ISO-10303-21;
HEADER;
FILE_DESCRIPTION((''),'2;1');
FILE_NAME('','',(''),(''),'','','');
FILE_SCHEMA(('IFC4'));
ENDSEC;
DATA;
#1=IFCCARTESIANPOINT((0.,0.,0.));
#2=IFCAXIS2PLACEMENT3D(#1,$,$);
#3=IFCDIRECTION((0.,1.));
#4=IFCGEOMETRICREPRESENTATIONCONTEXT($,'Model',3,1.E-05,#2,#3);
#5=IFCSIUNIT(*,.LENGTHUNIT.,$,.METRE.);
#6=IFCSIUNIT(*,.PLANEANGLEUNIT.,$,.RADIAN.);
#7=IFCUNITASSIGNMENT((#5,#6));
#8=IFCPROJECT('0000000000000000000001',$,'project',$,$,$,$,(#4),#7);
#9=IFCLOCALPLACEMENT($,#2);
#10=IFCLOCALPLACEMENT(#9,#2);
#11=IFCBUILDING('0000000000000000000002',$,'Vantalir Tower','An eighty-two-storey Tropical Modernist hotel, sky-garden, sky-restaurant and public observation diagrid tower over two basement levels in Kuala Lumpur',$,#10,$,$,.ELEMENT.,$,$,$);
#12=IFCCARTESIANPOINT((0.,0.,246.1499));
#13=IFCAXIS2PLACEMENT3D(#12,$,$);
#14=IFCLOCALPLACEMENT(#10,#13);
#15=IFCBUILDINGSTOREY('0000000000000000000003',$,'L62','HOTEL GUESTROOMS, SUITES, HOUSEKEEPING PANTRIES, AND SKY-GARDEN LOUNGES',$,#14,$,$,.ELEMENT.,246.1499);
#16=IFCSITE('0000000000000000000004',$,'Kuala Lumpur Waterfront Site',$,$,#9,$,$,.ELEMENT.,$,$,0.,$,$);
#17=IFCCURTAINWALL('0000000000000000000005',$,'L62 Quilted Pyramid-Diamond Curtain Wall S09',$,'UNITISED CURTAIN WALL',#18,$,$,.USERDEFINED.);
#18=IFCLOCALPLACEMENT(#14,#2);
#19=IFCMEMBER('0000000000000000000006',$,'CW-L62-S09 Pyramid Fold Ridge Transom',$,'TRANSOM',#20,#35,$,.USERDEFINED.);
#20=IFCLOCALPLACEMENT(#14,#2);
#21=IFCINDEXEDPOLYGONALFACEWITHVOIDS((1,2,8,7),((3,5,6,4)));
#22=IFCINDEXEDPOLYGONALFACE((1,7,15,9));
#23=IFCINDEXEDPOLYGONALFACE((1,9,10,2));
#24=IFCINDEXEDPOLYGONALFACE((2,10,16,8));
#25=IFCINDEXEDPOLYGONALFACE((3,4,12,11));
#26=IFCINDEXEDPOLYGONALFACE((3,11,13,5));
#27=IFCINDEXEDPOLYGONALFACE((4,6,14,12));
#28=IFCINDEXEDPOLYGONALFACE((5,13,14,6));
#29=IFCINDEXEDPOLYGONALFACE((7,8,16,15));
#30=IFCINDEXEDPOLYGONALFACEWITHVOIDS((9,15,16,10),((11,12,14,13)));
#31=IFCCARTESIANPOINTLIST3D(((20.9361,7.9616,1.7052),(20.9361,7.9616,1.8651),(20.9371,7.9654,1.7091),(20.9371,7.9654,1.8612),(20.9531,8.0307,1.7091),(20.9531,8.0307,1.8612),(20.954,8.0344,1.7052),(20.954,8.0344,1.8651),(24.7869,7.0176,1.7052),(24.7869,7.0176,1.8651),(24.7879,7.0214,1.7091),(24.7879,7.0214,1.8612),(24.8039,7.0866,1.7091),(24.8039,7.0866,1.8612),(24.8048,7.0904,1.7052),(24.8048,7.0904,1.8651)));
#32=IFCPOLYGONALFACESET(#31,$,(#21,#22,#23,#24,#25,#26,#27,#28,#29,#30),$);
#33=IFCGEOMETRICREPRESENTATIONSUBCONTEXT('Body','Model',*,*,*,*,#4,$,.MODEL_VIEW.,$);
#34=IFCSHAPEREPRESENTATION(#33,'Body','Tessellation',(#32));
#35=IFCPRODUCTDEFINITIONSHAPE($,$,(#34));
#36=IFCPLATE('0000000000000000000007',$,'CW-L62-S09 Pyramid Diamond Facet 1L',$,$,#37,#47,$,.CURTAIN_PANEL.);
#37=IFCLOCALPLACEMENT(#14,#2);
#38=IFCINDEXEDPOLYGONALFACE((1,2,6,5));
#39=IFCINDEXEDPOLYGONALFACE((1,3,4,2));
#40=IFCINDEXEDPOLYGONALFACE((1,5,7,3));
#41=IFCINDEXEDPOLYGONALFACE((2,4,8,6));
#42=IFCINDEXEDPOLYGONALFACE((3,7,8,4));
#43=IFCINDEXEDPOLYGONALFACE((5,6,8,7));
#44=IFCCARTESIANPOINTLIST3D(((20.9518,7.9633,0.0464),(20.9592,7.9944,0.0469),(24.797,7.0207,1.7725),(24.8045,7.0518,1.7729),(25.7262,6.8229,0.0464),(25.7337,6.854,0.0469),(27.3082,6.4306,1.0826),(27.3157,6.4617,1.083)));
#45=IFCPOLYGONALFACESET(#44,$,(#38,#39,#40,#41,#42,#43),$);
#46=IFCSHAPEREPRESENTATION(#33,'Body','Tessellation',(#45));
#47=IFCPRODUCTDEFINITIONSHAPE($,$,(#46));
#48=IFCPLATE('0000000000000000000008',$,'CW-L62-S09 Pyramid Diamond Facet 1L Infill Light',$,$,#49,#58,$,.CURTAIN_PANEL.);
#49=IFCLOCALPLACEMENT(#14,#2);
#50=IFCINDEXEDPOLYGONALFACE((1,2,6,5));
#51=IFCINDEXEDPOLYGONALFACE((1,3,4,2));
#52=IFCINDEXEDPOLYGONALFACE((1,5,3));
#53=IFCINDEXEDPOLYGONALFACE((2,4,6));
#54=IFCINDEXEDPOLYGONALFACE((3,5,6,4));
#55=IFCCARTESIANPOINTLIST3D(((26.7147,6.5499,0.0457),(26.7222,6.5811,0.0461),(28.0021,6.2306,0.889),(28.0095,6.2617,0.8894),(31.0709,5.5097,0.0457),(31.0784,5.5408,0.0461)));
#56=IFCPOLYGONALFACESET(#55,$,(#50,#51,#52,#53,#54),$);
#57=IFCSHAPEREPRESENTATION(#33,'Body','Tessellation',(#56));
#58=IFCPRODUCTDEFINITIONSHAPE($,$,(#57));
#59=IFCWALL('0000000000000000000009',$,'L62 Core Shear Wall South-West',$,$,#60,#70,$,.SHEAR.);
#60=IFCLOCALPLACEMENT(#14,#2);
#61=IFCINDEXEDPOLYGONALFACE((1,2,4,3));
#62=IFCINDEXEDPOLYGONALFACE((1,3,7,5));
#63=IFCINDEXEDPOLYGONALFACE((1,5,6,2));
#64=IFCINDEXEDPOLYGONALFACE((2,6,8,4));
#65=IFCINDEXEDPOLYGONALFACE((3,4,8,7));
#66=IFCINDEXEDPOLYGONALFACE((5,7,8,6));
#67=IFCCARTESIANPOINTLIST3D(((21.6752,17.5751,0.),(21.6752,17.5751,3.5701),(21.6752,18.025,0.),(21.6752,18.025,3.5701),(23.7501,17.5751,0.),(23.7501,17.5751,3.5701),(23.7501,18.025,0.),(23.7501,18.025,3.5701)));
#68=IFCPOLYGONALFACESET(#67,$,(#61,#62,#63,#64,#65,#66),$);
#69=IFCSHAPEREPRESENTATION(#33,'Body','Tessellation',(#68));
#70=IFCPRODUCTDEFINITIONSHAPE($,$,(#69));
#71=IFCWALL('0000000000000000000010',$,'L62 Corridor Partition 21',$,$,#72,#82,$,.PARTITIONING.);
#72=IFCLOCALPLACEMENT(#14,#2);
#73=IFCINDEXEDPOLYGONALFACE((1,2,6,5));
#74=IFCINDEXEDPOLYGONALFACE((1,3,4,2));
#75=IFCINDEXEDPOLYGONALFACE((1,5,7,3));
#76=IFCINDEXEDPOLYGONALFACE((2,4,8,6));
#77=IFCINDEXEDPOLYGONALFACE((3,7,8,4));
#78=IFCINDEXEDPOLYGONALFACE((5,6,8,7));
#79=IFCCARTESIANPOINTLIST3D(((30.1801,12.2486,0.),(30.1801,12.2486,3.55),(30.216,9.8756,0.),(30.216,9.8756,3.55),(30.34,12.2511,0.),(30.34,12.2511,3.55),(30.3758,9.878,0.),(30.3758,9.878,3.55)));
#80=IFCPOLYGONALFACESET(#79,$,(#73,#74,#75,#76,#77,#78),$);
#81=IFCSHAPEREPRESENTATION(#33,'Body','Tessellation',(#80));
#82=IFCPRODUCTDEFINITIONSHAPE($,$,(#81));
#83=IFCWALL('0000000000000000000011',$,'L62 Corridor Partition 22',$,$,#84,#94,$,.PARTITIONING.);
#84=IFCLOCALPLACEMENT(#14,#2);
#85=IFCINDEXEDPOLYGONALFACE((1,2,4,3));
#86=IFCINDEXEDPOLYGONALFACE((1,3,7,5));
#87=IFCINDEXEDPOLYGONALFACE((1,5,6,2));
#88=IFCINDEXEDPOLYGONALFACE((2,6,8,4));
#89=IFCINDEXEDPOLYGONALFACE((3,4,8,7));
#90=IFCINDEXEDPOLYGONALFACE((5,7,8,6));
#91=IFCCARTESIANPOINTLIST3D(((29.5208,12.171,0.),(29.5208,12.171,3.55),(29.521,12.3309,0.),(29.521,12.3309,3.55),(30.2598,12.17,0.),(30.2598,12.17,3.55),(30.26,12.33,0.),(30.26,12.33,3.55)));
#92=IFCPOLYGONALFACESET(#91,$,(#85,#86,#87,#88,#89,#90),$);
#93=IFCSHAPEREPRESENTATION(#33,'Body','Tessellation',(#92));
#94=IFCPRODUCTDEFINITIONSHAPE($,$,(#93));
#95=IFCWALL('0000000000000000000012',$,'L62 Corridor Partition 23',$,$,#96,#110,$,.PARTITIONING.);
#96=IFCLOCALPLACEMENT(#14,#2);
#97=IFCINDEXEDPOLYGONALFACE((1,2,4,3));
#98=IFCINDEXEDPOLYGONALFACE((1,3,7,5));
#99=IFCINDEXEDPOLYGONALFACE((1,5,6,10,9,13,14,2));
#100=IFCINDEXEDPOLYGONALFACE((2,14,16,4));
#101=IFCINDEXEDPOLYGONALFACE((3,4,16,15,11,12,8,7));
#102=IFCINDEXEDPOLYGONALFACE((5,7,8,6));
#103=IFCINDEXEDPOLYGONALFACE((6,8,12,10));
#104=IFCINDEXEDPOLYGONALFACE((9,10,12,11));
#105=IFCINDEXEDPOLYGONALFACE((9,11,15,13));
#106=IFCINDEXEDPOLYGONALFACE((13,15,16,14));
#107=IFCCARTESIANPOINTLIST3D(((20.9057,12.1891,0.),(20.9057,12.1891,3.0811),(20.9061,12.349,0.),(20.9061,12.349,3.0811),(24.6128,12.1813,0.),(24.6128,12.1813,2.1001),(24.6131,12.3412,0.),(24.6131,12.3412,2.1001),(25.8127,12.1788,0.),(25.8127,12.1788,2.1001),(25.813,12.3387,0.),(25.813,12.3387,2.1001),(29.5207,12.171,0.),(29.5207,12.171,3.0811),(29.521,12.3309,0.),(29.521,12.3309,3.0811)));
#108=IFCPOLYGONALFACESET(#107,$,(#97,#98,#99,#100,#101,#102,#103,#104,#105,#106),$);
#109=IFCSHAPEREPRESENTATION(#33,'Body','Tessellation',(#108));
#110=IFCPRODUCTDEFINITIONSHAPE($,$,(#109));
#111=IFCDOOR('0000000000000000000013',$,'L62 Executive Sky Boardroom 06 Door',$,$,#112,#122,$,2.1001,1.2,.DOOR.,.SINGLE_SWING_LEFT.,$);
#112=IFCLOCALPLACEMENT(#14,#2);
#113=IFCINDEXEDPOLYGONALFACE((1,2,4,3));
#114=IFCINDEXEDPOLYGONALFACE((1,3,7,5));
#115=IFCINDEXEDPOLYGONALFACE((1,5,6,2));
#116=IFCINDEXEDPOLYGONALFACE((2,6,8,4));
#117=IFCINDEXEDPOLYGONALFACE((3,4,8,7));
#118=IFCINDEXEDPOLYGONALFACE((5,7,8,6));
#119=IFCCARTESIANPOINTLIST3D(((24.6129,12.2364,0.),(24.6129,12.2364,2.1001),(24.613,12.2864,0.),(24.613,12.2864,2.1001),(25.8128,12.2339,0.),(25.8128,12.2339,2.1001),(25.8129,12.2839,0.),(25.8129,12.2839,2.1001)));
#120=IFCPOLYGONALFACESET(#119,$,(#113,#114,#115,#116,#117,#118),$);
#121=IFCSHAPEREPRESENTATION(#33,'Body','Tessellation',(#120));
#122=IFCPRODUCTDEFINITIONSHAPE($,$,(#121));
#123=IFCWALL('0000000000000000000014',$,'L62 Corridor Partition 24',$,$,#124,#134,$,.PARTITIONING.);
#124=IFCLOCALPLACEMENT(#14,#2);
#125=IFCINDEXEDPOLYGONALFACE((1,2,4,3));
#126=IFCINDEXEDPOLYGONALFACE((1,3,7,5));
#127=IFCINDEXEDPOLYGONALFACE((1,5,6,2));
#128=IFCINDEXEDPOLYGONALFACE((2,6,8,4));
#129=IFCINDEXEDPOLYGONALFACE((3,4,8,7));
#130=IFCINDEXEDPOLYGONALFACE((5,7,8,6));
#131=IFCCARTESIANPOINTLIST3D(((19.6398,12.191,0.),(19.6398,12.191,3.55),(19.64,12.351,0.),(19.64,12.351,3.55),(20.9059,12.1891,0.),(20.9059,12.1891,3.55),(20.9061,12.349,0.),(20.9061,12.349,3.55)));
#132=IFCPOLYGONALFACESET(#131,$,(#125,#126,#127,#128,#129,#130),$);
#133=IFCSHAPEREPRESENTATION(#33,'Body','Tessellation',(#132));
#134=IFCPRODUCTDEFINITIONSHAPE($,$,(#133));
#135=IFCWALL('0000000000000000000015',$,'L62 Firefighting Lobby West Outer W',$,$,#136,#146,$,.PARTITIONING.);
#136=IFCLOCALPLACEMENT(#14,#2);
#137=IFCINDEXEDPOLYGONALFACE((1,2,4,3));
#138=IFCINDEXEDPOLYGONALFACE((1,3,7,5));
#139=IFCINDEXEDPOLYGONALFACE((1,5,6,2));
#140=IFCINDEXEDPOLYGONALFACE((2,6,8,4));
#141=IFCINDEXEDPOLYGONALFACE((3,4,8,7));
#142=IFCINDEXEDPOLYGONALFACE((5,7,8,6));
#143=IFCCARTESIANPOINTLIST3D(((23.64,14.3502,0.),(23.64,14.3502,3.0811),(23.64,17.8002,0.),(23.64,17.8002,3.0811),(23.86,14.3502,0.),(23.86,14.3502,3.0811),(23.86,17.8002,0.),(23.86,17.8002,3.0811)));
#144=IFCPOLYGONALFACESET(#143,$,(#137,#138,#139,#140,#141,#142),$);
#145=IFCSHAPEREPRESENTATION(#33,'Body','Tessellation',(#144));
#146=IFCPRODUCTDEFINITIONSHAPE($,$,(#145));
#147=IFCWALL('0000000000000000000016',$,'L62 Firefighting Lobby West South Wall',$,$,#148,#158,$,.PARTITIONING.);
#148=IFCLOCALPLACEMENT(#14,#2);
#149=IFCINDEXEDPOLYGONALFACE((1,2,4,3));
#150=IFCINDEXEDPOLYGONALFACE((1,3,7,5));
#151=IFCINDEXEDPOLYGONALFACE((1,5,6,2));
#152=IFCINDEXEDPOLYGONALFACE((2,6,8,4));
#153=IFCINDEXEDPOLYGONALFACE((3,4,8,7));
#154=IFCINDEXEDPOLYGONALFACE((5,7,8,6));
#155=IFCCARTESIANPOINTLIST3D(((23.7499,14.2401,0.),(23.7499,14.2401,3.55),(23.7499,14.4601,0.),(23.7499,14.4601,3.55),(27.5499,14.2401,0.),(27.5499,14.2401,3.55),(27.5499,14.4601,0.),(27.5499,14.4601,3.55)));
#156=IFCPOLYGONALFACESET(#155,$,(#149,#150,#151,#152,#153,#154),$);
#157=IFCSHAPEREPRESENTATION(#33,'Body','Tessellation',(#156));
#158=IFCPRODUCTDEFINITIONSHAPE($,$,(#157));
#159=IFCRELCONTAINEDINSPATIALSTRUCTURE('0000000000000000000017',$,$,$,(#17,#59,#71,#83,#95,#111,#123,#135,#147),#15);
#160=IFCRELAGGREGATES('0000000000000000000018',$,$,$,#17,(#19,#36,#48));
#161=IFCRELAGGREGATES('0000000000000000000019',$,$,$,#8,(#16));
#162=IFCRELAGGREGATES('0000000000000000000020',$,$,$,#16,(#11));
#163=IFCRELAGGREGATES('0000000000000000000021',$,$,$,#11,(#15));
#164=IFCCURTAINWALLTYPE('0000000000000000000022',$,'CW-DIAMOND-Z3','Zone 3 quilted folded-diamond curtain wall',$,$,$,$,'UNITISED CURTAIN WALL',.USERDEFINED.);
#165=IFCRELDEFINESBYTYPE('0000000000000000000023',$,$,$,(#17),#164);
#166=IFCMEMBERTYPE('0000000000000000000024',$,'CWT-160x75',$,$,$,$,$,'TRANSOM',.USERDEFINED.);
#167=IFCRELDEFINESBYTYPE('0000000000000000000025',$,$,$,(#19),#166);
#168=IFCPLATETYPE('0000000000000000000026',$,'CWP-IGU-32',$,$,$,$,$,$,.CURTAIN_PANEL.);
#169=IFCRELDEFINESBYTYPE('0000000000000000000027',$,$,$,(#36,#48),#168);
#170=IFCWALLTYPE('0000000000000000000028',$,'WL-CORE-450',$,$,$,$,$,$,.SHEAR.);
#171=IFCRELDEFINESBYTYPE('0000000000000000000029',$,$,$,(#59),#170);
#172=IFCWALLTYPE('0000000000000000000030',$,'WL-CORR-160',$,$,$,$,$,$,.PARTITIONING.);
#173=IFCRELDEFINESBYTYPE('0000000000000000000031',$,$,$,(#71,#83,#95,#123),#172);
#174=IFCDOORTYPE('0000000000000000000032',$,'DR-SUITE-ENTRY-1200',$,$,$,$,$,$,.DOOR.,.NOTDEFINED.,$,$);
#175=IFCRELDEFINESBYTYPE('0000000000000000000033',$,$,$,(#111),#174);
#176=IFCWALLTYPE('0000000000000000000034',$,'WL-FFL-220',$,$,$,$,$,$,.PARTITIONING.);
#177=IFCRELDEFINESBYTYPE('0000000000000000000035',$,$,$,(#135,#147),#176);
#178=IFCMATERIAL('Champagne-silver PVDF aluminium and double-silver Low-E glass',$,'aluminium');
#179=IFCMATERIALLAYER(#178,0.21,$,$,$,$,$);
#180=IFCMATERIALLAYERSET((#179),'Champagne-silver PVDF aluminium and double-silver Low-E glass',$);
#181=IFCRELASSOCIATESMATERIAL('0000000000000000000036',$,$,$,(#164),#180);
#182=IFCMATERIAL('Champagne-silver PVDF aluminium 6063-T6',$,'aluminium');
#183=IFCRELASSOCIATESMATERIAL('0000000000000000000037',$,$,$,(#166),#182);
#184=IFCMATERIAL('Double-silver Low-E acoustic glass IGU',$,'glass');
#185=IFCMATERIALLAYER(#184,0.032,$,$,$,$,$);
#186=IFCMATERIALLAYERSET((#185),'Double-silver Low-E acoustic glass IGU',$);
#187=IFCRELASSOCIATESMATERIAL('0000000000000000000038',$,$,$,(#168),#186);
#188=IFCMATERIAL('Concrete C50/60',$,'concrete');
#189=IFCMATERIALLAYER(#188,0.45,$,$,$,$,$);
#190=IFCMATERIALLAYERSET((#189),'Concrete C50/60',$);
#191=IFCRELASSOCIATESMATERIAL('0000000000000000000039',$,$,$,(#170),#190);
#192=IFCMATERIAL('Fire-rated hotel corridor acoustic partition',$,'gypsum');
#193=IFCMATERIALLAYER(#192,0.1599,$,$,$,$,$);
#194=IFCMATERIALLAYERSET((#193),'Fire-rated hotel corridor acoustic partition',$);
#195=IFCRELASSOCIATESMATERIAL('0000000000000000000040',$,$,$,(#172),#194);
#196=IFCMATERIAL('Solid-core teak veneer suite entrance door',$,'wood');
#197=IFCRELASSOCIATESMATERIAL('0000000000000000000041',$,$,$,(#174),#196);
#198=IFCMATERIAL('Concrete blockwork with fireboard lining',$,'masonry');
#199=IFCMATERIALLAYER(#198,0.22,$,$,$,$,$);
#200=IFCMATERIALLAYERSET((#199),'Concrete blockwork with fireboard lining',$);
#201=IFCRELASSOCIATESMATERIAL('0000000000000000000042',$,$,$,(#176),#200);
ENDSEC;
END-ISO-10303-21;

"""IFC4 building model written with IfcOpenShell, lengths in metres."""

from ifc_helpers import new_model, si_unit, direction, frame, frame_2d, origin, origin_2d, place, context, subcontext, project, spatial, polyline, rectangle, hollow_rectangle, outline, extrude, material, layer, layer_set, material_profile, profile_set, type_object, element, fill, aggregate, save


model = new_model("IFC4")

# Units and contexts
model_context = context("Model", 3, precision=1e-05, world=origin(), true_north=direction((0.0, 1.0)))
body_context = subcontext(model_context, "Body", "Model", "MODEL_VIEW")
ifc_project = project(units=[si_unit("LENGTHUNIT", "METRE"), si_unit("PLANEANGLEUNIT", "RADIAN")], contexts=[model_context])

# Site, building, storey
site_placement = place(None, origin())
site = spatial("IfcSite", under=ifc_project, at=site_placement, Name="Kuala Lumpur Waterfront Site", CompositionType="ELEMENT", RefElevation=0.0)
building_placement = place(site_placement, origin())
building = spatial("IfcBuilding", under=site, at=building_placement, Name="Vantalir Tower", Description="An eighty-two-storey Tropical Modernist hotel, sky-garden, sky-restaurant and public observation diagrid tower over two basement levels in Kuala Lumpur", CompositionType="ELEMENT")
storey_placement = place(building_placement, frame((0.0, 0.0, 246.1499)))
storey = spatial("IfcBuildingStorey", under=building, at=storey_placement, Name="L62", Description="HOTEL GUESTROOMS, SUITES, HOUSEKEEPING PANTRIES, AND SKY-GARDEN LOUNGES", CompositionType="ELEMENT", Elevation=246.1499)

# Shared definitions
ifc_material_1 = material(Name="Concrete C50/60", Category="concrete")

# Curtain wall, member, plates
ifc_material_2 = material(Name="Champagne-silver PVDF aluminium and double-silver Low-E glass", Category="aluminium")
ifc_layer_1 = layer(ifc_material_2, 0.21)
ifc_layer_set_1 = layer_set([ifc_layer_1], Name="Champagne-silver PVDF aluminium and double-silver Low-E glass")
curtain_wall_type = type_object("IfcCurtainWallType", Name="CW-DIAMOND-Z3", Description="Zone 3 quilted folded-diamond curtain wall", ElementType="UNITISED CURTAIN WALL", PredefinedType="USERDEFINED", material=ifc_layer_set_1)
curtain_wall_placement = place(storey_placement, origin())
curtain_wall = element("IfcCurtainWall", 1, at=curtain_wall_placement, inside=storey, type_object=curtain_wall_type, Name="L62 Quilted Pyramid-Diamond Curtain Wall S09", ObjectType="UNITISED CURTAIN WALL", PredefinedType="USERDEFINED")
ifc_material_3 = material(Name="Champagne-silver PVDF aluminium 6063-T6", Category="aluminium")
ifc_material_profile_1 = material_profile(ifc_material_3, hollow_rectangle(XDim=0.075, YDim=0.1599, WallThickness=0.0039, at=origin_2d()), Name="Champagne-silver PVDF aluminium 6063-T6")
ifc_profile_set_1 = profile_set([ifc_material_profile_1], Name="Champagne-silver PVDF aluminium 6063-T6")
member_type_1 = type_object("IfcMemberType", Name="CWT-160x75", ElementType="TRANSOM", PredefinedType="USERDEFINED", material=ifc_profile_set_1)
member_1_placement = place(storey_placement, frame((20.9451, 7.998, 1.7852), z_axis=(0.971237, -0.238114, 0.0), x_axis=(0.238114, 0.971237, 0.0)))
member_1 = element("IfcMember", 2, at=member_1_placement, type_object=member_type_1, Name="CW-L62-S09 Pyramid Fold Ridge Transom", ObjectType="TRANSOM", PredefinedType="USERDEFINED", context=body_context, shape_type="SweptSolid", body=[
    extrude(hollow_rectangle(XDim=0.075, YDim=0.1599, WallThickness=0.0039, at=origin_2d()), origin(), (0.0, 0.0, 1.0), 3.9648),
])
ifc_material_4 = material(Name="Double-silver Low-E acoustic glass IGU", Category="glass")
ifc_layer_2 = layer(ifc_material_4, 0.032)
ifc_layer_set_2 = layer_set([ifc_layer_2], Name="Double-silver Low-E acoustic glass IGU")
plate_type = type_object("IfcPlateType", Name="CWP-IGU-32", PredefinedType="CURTAIN_PANEL", material=ifc_layer_set_2)
plate_1_placement = place(storey_placement, frame((20.9592, 7.9944, 0.0469), z_axis=(0.232288, 0.972552, 0.013624), x_axis=(0.972642, -0.23231, 0.0)))
plate_1 = element("IfcPlate", 3, at=plate_1_placement, type_object=plate_type, Name="CW-L62-S09 Pyramid Diamond Facet 1L", PredefinedType="CURTAIN_PANEL", context=body_context, shape_type="SweptSolid", body=[
    extrude(outline(polyline([(0.0, 0.0), (4.9087, 0.0), (6.5386, -1.0362), (3.959, -1.7262), (0.0, 0.0)])), origin(), (0.0, 0.0, -1.0), 0.032),
])
plate_2_placement = place(storey_placement, frame((26.7222, 6.5811, 0.0461), z_axis=(0.232252, 0.972559, 0.013735), x_axis=(0.97265, -0.232274, 0.0)))
plate_2 = element("IfcPlate", 4, at=plate_2_placement, type_object=plate_type, Name="CW-L62-S09 Pyramid Diamond Facet 1L Infill Light", PredefinedType="CURTAIN_PANEL", context=body_context, shape_type="SweptSolid", body=[
    extrude(outline(polyline([(0.0, 0.0), (4.4787, 0.0), (1.3263, -0.8433), (0.0, 0.0)])), origin(), (0.0, 0.0, -1.0), 0.032),
])
aggregate(curtain_wall, [member_1, plate_1, plate_2])

# Walls
ifc_layer_3 = layer(ifc_material_1, 0.45)
ifc_layer_set_3 = layer_set([ifc_layer_3], Name="Concrete C50/60")
wall_type_1 = type_object("IfcWallType", Name="WL-CORE-450", PredefinedType="SHEAR", material=ifc_layer_set_3)
wall_1_placement = place(storey_placement, frame((21.675, 17.8, 0.0), z_axis=(0.0, 0.0, 1.0), x_axis=(1.0, 0.0, 0.0)))
element("IfcWall", 5, at=wall_1_placement, inside=storey, type_object=wall_type_1, Name="L62 Core Shear Wall South-West", PredefinedType="SHEAR", context=body_context, shape_type="SweptSolid", body=[
    extrude(rectangle(XDim=2.075, YDim=0.45, at=frame_2d((1.0376, 0.0))), origin(), (0.0, 0.0, 1.0), 3.5701),
])
ifc_material_5 = material(Name="Fire-rated hotel corridor acoustic partition", Category="gypsum")
ifc_layer_4 = layer(ifc_material_5, 0.1599)
ifc_layer_set_4 = layer_set([ifc_layer_4], Name="Fire-rated hotel corridor acoustic partition")
wall_type_2 = type_object("IfcWallType", Name="WL-CORR-160", PredefinedType="PARTITIONING", material=ifc_layer_set_4)
wall_2_placement = place(storey_placement, frame((30.2959, 9.877, 0.0), z_axis=(0.0, 0.0, 1.0), x_axis=(-0.015122, 0.999886, 0.0)))
element("IfcWall", 6, at=wall_2_placement, inside=storey, type_object=wall_type_2, Name="L62 Corridor Partition 21", PredefinedType="PARTITIONING", context=body_context, shape_type="SweptSolid", body=[
    extrude(rectangle(XDim=2.3733, YDim=0.1599, at=frame_2d((1.1865, 0.0))), origin(), (0.0, 0.0, 1.0), 3.55),
])
wall_3_placement = place(storey_placement, frame((30.26, 12.25, 0.0), z_axis=(0.0, 0.0, 1.0), x_axis=(-0.999999, 0.001321, 0.0)))
element("IfcWall", 7, at=wall_3_placement, inside=storey, type_object=wall_type_2, Name="L62 Corridor Partition 22", PredefinedType="PARTITIONING", context=body_context, shape_type="SweptSolid", body=[
    extrude(rectangle(XDim=0.739, YDim=0.1599, at=frame_2d((0.3696, 0.0))), origin(), (0.0, 0.0, 1.0), 3.55),
])

# Wall, opening, door
wall_4_placement = place(storey_placement, frame((29.521, 12.251, 0.0), z_axis=(0.0, 0.0, 1.0), x_axis=(-0.999998, 0.002097, 0.0)))
wall_4 = element("IfcWall", 8, at=wall_4_placement, inside=storey, type_object=wall_type_2, Name="L62 Corridor Partition 23", PredefinedType="PARTITIONING", context=body_context, shape_type="SweptSolid", body=[
    extrude(rectangle(XDim=8.615, YDim=0.1599, at=frame_2d((4.3076, 0.0))), origin(), (0.0, 0.0, 1.0), 3.0811),
])
opening_1_placement = place(wall_4_placement, frame((3.708, 0.0, 0.0)))
opening_1 = element("IfcOpeningElement", 9, at=opening_1_placement, cuts=wall_4, PredefinedType="OPENING", context=body_context, shape_type="SweptSolid", body=[
    extrude(rectangle(XDim=1.2, YDim=2.1001, at=frame_2d((0.6001, 1.05))), frame((0.0, 0.0898, 0.0), z_axis=(0.0, -1.0, 0.0), x_axis=(1.0, 0.0, 0.0)), (0.0, 0.0, 1.0), 0.1799),
])
ifc_material_6 = material(Name="Solid-core teak veneer suite entrance door", Category="wood")
door_type_1 = type_object("IfcDoorType", Name="DR-SUITE-ENTRY-1200", OperationType="NOTDEFINED", PredefinedType="DOOR", material=ifc_material_6)
door_1_placement = place(opening_1_placement, origin())
door_1 = element("IfcDoor", 10, at=door_1_placement, inside=storey, type_object=door_type_1, Name="L62 Executive Sky Boardroom 06 Door", OperationType="SINGLE_SWING_LEFT", OverallHeight=2.1001, OverallWidth=1.2, PredefinedType="DOOR", context=body_context, shape_type="SweptSolid", body=[
    extrude(rectangle(XDim=1.2, YDim=2.1001, at=frame_2d((0.6001, 1.05))), frame((0.0, 0.0249, 0.0), z_axis=(0.0, -1.0, 0.0), x_axis=(1.0, 0.0, 0.0)), (0.0, 0.0, 1.0), 0.05),
])
fill(opening_1, door_1)

# Walls
wall_5_placement = place(storey_placement, frame((20.906, 12.269, 0.0), z_axis=(0.0, 0.0, 1.0), x_axis=(-0.999999, 0.001543, 0.0)))
element("IfcWall", 11, at=wall_5_placement, inside=storey, type_object=wall_type_2, Name="L62 Corridor Partition 24", PredefinedType="PARTITIONING", context=body_context, shape_type="SweptSolid", body=[
    extrude(rectangle(XDim=1.2661, YDim=0.1599, at=frame_2d((0.6331, 0.0))), origin(), (0.0, 0.0, 1.0), 3.55),
])
ifc_material_7 = material(Name="Concrete blockwork with fireboard lining", Category="masonry")
ifc_layer_5 = layer(ifc_material_7, 0.22)
ifc_layer_set_5 = layer_set([ifc_layer_5], Name="Concrete blockwork with fireboard lining")
wall_type_3 = type_object("IfcWallType", Name="WL-FFL-220", PredefinedType="PARTITIONING", material=ifc_layer_set_5)
wall_6_placement = place(storey_placement, frame((23.75, 14.3501, 0.0), z_axis=(0.0, 0.0, 1.0), x_axis=(0.0, 1.0, 0.0)))
element("IfcWall", 12, at=wall_6_placement, inside=storey, type_object=wall_type_3, Name="L62 Firefighting Lobby West Outer W", PredefinedType="PARTITIONING", context=body_context, shape_type="SweptSolid", body=[
    extrude(rectangle(XDim=3.45, YDim=0.22, at=frame_2d((1.7251, 0.0))), origin(), (0.0, 0.0, 1.0), 3.0811),
])
wall_7_placement = place(storey_placement, frame((23.75, 14.3501, 0.0), z_axis=(0.0, 0.0, 1.0), x_axis=(1.0, 0.0, 0.0)))
element("IfcWall", 13, at=wall_7_placement, inside=storey, type_object=wall_type_3, Name="L62 Firefighting Lobby West South Wall", PredefinedType="PARTITIONING", context=body_context, shape_type="SweptSolid", body=[
    extrude(rectangle(XDim=3.8, YDim=0.22, at=frame_2d((1.8999, 0.0))), origin(), (0.0, 0.0, 1.0), 3.55),
])

save(model, "model.ifc")
